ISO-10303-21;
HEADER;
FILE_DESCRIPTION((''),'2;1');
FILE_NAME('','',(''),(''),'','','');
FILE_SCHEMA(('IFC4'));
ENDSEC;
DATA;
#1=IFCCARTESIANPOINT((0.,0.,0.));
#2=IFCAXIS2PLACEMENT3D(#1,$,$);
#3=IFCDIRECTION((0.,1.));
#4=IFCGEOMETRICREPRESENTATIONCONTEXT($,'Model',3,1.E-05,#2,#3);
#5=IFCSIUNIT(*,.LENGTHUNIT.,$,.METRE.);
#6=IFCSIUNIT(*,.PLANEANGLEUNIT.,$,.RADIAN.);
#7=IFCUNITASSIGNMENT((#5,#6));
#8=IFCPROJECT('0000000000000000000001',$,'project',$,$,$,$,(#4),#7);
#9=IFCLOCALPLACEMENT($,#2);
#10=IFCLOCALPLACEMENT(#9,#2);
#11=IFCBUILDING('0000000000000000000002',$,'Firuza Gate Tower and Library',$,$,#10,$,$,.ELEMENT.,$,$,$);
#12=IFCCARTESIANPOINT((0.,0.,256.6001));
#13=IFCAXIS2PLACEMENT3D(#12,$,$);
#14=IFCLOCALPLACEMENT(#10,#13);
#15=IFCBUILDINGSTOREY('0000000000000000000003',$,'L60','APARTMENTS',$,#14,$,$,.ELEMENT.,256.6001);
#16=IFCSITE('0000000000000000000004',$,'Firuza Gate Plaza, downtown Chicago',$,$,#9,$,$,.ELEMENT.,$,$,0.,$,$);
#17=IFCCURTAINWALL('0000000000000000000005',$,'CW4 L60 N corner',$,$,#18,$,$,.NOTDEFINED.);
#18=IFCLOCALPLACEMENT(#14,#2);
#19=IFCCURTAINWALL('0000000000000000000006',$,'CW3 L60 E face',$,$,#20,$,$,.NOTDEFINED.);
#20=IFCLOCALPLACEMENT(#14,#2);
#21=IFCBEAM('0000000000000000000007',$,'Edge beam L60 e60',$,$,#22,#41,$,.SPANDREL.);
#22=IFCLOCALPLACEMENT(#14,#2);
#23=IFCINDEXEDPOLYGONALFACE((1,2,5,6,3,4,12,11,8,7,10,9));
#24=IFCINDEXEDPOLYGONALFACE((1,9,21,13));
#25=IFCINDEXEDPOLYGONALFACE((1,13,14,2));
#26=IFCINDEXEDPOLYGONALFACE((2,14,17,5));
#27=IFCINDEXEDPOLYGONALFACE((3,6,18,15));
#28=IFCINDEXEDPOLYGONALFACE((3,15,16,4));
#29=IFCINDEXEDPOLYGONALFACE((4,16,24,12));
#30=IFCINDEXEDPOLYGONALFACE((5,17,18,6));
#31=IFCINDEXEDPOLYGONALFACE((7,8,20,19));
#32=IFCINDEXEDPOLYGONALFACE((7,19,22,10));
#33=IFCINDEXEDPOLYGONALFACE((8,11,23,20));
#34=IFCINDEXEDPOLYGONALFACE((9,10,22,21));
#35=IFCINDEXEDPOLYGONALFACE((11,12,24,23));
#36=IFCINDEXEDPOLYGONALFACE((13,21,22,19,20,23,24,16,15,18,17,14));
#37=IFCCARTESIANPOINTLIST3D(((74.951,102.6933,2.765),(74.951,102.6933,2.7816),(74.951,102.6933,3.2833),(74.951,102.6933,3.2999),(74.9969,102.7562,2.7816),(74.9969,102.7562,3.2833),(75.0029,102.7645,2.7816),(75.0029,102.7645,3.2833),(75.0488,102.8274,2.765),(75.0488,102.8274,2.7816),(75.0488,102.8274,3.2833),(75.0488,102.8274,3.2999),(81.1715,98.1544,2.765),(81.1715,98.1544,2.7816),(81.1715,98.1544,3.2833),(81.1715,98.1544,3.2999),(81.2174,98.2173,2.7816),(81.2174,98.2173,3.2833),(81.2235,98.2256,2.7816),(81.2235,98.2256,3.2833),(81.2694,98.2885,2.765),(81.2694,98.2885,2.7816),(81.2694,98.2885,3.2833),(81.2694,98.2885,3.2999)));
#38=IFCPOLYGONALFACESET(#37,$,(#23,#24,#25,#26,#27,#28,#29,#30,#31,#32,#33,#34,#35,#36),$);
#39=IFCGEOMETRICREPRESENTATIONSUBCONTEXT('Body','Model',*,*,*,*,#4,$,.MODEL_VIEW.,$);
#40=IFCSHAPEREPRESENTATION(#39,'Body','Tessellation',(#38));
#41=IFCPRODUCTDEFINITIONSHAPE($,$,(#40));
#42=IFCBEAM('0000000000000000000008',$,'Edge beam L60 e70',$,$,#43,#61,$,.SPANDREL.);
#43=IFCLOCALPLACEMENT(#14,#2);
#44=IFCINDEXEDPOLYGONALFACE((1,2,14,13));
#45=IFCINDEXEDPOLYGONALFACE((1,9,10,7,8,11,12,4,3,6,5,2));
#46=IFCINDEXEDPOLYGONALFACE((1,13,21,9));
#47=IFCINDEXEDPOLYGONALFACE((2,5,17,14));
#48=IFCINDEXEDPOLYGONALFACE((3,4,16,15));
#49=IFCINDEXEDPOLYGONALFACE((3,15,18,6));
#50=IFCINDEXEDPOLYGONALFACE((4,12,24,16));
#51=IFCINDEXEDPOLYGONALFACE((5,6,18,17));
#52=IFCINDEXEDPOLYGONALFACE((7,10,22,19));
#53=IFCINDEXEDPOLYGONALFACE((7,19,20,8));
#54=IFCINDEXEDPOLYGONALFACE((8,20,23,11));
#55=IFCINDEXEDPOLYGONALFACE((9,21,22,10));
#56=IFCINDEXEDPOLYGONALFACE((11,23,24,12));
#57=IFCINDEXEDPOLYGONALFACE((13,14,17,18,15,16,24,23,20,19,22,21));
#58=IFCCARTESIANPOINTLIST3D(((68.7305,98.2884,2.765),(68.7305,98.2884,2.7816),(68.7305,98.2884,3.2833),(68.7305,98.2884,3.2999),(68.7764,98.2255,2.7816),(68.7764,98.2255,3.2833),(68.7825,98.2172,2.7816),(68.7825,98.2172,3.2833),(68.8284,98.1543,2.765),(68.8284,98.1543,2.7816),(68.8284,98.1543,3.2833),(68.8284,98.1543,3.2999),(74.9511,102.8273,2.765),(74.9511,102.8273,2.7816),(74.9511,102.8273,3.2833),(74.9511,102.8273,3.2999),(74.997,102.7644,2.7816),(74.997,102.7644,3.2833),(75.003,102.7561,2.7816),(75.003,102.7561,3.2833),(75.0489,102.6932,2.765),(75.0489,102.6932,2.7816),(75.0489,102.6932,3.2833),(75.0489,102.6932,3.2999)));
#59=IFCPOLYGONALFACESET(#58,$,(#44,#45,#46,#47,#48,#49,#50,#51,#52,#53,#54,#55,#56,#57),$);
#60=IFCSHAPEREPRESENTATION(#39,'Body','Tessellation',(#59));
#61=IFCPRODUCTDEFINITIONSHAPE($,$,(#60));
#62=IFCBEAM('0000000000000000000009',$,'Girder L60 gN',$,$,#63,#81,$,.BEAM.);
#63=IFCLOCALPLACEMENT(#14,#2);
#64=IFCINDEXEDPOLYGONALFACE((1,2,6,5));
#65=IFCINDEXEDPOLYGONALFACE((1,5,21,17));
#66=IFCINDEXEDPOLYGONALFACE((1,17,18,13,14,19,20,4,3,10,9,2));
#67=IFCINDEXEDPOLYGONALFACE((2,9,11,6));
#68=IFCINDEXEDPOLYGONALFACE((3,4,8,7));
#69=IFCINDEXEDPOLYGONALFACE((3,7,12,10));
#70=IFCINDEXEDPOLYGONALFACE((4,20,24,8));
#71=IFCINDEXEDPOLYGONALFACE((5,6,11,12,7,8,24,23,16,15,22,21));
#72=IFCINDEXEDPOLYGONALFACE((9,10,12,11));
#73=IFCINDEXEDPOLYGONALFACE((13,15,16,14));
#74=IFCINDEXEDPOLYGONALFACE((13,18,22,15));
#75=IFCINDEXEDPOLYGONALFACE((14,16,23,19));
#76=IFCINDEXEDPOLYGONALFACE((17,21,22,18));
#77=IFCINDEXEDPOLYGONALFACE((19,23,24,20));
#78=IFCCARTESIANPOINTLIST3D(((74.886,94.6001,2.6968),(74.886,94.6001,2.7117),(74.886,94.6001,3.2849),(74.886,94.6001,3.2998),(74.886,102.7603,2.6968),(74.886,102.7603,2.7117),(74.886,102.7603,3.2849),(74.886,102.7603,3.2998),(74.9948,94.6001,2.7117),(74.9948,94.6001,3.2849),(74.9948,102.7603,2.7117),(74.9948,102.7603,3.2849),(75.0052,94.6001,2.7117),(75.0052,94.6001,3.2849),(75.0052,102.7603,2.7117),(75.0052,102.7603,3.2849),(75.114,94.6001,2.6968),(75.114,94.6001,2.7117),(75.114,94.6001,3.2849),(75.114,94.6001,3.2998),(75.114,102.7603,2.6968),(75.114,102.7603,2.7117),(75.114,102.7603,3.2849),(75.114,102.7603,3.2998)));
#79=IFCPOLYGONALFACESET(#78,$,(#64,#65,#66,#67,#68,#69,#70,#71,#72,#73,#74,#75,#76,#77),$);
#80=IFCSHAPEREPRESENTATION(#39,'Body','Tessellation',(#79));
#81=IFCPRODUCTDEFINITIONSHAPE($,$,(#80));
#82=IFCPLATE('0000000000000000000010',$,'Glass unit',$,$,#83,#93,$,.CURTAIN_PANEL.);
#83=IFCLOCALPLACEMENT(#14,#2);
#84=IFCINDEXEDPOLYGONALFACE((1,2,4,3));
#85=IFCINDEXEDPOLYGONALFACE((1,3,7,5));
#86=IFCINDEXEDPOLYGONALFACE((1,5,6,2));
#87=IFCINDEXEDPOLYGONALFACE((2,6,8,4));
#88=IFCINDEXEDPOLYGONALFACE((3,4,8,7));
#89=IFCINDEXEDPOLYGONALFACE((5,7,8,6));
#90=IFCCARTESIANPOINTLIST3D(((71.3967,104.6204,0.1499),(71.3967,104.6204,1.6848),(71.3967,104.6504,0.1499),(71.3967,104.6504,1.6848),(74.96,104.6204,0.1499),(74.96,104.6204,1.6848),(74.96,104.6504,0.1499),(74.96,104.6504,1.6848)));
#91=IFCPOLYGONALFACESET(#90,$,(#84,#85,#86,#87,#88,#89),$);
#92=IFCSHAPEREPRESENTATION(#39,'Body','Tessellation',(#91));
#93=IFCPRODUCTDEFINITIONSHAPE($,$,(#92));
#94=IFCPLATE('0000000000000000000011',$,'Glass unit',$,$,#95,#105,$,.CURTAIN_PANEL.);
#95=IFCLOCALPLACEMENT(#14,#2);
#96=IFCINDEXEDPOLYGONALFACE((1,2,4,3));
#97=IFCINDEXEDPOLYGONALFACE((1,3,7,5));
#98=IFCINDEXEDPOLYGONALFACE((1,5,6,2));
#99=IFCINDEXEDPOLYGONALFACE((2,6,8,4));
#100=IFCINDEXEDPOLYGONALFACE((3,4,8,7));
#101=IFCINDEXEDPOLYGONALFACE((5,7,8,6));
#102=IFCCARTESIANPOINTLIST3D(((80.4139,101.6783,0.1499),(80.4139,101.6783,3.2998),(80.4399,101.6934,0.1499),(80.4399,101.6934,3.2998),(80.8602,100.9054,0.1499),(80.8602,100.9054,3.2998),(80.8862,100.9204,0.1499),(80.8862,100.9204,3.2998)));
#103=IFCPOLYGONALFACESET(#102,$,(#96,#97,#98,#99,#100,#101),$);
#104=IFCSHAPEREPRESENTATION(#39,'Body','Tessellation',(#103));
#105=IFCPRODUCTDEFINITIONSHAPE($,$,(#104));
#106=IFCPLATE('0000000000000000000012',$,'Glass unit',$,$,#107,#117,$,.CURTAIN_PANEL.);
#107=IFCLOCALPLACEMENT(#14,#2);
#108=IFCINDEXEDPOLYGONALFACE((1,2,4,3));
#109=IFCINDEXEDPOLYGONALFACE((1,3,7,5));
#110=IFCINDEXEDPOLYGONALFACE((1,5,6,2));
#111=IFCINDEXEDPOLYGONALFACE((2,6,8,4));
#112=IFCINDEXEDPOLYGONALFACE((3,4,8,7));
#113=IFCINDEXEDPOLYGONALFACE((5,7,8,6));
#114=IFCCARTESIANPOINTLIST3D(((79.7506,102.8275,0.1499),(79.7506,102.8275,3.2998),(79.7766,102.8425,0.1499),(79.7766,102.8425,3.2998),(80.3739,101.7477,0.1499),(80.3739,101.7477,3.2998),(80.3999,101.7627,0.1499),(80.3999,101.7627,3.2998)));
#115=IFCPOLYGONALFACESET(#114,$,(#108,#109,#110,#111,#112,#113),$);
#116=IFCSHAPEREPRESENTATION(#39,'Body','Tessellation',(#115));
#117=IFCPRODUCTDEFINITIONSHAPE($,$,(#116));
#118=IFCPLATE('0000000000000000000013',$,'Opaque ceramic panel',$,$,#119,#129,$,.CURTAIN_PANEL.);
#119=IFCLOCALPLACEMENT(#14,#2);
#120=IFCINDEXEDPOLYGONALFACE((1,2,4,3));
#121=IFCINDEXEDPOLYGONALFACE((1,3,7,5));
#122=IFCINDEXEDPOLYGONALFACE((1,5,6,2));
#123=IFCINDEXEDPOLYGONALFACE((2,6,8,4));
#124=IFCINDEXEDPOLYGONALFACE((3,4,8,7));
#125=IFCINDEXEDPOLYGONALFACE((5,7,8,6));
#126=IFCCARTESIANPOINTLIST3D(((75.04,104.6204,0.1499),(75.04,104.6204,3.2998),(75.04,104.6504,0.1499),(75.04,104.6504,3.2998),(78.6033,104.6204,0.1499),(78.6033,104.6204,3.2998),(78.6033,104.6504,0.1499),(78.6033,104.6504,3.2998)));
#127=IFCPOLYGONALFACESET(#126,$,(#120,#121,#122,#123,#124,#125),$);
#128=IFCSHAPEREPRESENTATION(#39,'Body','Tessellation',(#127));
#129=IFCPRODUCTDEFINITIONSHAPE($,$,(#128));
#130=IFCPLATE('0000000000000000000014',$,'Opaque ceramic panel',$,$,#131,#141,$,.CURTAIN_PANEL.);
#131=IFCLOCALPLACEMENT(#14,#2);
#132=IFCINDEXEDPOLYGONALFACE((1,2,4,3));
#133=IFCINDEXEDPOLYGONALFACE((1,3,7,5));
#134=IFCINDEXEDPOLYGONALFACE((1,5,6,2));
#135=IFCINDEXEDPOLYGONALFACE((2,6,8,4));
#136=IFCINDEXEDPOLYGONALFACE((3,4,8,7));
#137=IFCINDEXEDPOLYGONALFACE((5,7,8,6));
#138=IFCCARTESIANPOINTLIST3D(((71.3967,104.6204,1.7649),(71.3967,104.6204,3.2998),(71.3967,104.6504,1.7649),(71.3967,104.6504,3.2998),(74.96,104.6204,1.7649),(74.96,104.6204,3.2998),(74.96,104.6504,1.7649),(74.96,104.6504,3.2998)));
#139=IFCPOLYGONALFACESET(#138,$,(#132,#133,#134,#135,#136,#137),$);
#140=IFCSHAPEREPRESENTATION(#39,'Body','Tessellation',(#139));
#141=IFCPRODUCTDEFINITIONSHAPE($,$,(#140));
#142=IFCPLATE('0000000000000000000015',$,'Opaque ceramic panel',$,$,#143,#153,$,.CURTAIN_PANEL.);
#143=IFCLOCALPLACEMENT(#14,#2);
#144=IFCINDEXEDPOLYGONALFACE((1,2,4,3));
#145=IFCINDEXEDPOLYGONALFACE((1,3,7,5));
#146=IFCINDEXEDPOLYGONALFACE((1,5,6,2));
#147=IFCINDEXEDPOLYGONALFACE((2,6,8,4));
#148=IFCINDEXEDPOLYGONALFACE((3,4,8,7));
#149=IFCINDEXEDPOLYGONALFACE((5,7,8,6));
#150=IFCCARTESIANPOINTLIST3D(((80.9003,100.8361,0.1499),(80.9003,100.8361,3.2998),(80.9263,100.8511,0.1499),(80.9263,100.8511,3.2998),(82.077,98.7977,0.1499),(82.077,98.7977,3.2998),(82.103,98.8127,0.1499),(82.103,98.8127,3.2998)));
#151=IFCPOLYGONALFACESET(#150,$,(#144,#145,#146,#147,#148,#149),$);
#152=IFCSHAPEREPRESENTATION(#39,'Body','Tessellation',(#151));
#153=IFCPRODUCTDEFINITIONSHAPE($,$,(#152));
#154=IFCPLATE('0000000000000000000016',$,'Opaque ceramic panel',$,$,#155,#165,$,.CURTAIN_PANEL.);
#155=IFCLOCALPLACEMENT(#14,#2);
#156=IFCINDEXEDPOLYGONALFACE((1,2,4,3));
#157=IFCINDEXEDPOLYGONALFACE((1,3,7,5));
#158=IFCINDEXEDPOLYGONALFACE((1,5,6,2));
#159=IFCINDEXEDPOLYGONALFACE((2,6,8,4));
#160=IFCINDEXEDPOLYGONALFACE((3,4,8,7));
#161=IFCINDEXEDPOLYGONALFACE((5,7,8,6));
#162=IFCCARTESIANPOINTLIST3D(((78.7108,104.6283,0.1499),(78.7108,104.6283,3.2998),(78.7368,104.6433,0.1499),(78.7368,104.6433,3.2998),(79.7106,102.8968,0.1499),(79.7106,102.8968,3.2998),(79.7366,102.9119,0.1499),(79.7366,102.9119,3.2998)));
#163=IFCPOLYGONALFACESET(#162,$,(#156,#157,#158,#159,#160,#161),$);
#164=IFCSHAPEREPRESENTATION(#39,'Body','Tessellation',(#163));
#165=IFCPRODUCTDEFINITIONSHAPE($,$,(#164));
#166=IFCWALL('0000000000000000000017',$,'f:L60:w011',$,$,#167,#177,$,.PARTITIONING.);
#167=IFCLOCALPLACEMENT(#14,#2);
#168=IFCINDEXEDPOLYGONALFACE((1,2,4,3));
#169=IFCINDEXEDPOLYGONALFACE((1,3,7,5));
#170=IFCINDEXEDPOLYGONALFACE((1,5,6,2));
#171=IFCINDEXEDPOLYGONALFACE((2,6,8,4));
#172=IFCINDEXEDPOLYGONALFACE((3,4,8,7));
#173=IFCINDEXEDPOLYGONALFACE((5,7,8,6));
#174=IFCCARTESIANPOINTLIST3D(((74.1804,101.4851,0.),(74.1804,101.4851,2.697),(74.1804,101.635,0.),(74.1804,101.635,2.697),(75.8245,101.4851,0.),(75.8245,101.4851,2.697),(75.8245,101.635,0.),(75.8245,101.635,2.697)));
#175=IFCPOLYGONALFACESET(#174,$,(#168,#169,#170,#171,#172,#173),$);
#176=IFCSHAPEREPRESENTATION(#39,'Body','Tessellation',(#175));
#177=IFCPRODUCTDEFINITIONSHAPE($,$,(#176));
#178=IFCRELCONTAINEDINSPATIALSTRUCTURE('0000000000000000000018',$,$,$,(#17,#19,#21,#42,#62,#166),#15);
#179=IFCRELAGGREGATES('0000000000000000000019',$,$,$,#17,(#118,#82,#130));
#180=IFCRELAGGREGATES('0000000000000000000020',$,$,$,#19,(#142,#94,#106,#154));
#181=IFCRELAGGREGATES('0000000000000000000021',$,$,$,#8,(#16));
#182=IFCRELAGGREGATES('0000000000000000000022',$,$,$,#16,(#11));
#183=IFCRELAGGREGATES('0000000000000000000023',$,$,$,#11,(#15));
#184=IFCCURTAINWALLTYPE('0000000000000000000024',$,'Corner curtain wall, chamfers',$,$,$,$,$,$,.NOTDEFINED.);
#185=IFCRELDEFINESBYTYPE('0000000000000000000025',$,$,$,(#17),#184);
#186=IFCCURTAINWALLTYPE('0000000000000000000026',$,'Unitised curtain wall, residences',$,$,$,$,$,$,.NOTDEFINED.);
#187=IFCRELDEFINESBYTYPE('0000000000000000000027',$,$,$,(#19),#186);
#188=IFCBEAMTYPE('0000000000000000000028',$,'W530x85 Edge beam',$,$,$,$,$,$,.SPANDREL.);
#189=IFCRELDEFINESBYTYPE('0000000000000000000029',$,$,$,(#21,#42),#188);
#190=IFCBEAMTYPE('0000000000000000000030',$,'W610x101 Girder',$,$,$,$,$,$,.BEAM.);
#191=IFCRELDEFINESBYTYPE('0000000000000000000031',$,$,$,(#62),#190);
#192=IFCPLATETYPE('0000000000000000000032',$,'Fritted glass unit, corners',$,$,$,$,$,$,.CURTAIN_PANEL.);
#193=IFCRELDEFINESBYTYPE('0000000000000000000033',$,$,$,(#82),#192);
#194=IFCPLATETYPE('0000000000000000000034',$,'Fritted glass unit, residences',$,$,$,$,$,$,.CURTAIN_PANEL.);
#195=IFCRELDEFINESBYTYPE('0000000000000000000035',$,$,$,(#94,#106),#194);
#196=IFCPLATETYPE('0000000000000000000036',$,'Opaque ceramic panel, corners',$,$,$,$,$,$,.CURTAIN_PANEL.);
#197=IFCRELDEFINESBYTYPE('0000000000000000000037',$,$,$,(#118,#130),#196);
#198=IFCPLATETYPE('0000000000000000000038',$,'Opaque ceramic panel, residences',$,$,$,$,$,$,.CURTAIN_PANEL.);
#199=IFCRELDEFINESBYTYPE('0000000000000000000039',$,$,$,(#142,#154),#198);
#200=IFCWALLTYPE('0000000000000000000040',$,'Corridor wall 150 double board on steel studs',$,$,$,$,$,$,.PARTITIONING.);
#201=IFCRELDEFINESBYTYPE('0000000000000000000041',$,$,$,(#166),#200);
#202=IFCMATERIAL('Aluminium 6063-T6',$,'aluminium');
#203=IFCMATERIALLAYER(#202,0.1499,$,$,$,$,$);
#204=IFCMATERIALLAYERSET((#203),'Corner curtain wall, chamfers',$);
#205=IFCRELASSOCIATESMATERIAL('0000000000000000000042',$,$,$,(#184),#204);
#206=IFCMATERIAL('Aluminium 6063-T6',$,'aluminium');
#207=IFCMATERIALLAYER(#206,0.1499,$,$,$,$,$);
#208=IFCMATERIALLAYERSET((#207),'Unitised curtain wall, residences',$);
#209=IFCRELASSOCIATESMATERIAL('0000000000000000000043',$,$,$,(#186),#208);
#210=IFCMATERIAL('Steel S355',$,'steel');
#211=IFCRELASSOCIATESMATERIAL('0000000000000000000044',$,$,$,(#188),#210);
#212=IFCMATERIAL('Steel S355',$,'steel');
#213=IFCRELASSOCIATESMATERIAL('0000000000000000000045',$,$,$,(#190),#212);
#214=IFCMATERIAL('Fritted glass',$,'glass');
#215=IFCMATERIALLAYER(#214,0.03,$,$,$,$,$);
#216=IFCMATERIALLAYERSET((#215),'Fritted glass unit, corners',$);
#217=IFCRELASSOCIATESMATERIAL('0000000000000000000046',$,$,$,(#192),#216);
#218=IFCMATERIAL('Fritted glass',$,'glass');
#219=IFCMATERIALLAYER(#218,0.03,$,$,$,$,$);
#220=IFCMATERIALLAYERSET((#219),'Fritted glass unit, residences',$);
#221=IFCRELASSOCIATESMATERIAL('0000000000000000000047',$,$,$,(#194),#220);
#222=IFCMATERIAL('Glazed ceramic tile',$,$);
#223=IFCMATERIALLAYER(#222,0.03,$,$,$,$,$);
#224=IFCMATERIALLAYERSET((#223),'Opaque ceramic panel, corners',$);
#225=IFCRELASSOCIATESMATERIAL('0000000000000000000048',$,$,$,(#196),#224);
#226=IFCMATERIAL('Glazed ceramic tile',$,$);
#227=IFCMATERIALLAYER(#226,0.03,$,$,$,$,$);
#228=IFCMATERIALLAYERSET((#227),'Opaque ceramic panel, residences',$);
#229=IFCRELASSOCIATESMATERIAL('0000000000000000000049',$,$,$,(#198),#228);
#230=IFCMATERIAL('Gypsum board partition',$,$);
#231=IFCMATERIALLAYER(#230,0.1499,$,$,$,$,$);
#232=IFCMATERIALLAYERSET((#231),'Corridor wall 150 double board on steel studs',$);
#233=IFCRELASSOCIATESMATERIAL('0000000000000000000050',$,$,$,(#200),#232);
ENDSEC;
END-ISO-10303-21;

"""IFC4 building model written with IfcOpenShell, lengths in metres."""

from ifc_helpers import new_model, si_unit, direction, frame, frame_2d, origin, origin_2d, place, context, subcontext, project, spatial, polyline, rectangle, i_section, outline, extrude, material, layer, layer_set, material_profile, profile_set, type_object, element, aggregate, save


model = new_model("IFC4")

# Units and contexts
model_context = context("Model", 3, precision=1e-05, world=origin(), true_north=direction((0.0, 1.0)))
body_context = subcontext(model_context, "Body", "Model", "MODEL_VIEW")
ifc_project = project(units=[si_unit("LENGTHUNIT", "METRE"), si_unit("PLANEANGLEUNIT", "RADIAN")], contexts=[model_context])

# Site, building, storey
site_placement = place(None, origin())
site = spatial("IfcSite", under=ifc_project, at=site_placement, Name="Firuza Gate Plaza, downtown Chicago", CompositionType="ELEMENT", RefElevation=0.0)
building_placement = place(site_placement, origin())
building = spatial("IfcBuilding", under=site, at=building_placement, Name="Firuza Gate Tower and Library", CompositionType="ELEMENT")
storey_placement = place(building_placement, frame((0.0, 0.0, 256.6001)))
storey = spatial("IfcBuildingStorey", under=building, at=storey_placement, Name="L60", Description="APARTMENTS", CompositionType="ELEMENT", Elevation=256.6001)

# Curtain walls
ifc_material_1 = material(Name="Aluminium 6063-T6", Category="aluminium")
ifc_layer_1 = layer(ifc_material_1, 0.1499)
ifc_layer_set_1 = layer_set([ifc_layer_1], Name="Corner curtain wall, chamfers")
curtain_wall_type_1 = type_object("IfcCurtainWallType", Name="Corner curtain wall, chamfers", PredefinedType="NOTDEFINED", material=ifc_layer_set_1)
placement = place(storey_placement, origin())
curtain_wall_1 = element("IfcCurtainWall", 1, at=placement, inside=storey, type_object=curtain_wall_type_1, Name="CW4 L60 N corner", PredefinedType="NOTDEFINED")
ifc_material_2 = material(Name="Aluminium 6063-T6", Category="aluminium")
ifc_layer_2 = layer(ifc_material_2, 0.1499)
ifc_layer_set_2 = layer_set([ifc_layer_2], Name="Unitised curtain wall, residences")
curtain_wall_type_2 = type_object("IfcCurtainWallType", Name="Unitised curtain wall, residences", PredefinedType="NOTDEFINED", material=ifc_layer_set_2)
curtain_wall_2 = element("IfcCurtainWall", 2, at=placement, inside=storey, type_object=curtain_wall_type_2, Name="CW3 L60 E face", PredefinedType="NOTDEFINED")

# Beams
ifc_material_3 = material(Name="Steel S355", Category="steel")
ifc_material_profile_1 = material_profile(ifc_material_3, i_section(OverallWidth=0.166, OverallDepth=0.5349, WebThickness=0.0103, FlangeThickness=0.0166, at=origin_2d()))
ifc_profile_set_1 = profile_set([ifc_material_profile_1], Name="Steel S355")
beam_type_1 = type_object("IfcBeamType", Name="W530x85 Edge beam", PredefinedType="SPANDREL", material=ifc_profile_set_1)
for number, where, z_axis, x_axis, name in (
    (3, (81.2205, 98.2214, 3.0325), (-0.807818, 0.589432, 0.0), (-0.589432, -0.807818, 0.0), "Edge beam L60 e60"),
    (4, (75.0, 102.7603, 3.0325), (-0.807818, -0.589432, 0.0), (0.589432, -0.807818, 0.0), "Edge beam L60 e70"),
):
    element("IfcBeam", number, at=place(storey_placement, frame(where, z_axis=z_axis, x_axis=x_axis)), inside=storey, type_object=beam_type_1, Name=name, PredefinedType="SPANDREL", context=body_context, shape_type="SweptSolid", body=[
        extrude(i_section(OverallWidth=0.166, OverallDepth=0.5349, WebThickness=0.0103, FlangeThickness=0.0166, at=origin_2d()), origin(), (0.0, 0.0, 1.0), 7.7004),
    ])
ifc_material_4 = material(Name="Steel S355", Category="steel")
ifc_material_profile_2 = material_profile(ifc_material_4, i_section(OverallWidth=0.228, OverallDepth=0.603, WebThickness=0.0105, FlangeThickness=0.0149, at=origin_2d()))
ifc_profile_set_2 = profile_set([ifc_material_profile_2], Name="Steel S355")
beam_type_2 = type_object("IfcBeamType", Name="W610x101 Girder", PredefinedType="BEAM", material=ifc_profile_set_2)
beam_1_placement = place(storey_placement, frame((75.0, 102.7603, 2.9983), z_axis=(0.0, -1.0, 0.0), x_axis=(1.0, 0.0, 0.0)))
element("IfcBeam", 5, at=beam_1_placement, inside=storey, type_object=beam_type_2, Name="Girder L60 gN", PredefinedType="BEAM", context=body_context, shape_type="SweptSolid", body=[
    extrude(i_section(OverallWidth=0.228, OverallDepth=0.603, WebThickness=0.0105, FlangeThickness=0.0149, at=origin_2d()), origin(), (0.0, 0.0, 1.0), 8.1602),
])

# Plates
ifc_material_5 = material(Name="Fritted glass", Category="glass")
ifc_layer_3 = layer(ifc_material_5, 0.03)
ifc_layer_set_3 = layer_set([ifc_layer_3], Name="Fritted glass unit, corners")
plate_type_1 = type_object("IfcPlateType", Name="Fritted glass unit, corners", PredefinedType="CURTAIN_PANEL", material=ifc_layer_set_3)
plate_1_placement = place(storey_placement, frame((74.96, 104.6504, 0.1499), z_axis=(0.0, 1.0, 0.0), x_axis=(-1.0, 0.0, 0.0)))
plate_1 = element("IfcPlate", 6, at=plate_1_placement, type_object=plate_type_1, Name="Glass unit", PredefinedType="CURTAIN_PANEL", context=body_context, shape_type="SweptSolid", body=[
    extrude(outline(polyline([(0.0, 0.0), (3.5632, 0.0), (3.5632, 1.5349), (0.0, 1.5349), (0.0, 0.0)])), origin(), (0.0, 0.0, -1.0), 0.03),
])
ifc_material_6 = material(Name="Fritted glass", Category="glass")
ifc_layer_4 = layer(ifc_material_6, 0.03)
ifc_layer_set_4 = layer_set([ifc_layer_4], Name="Fritted glass unit, residences")
plate_type_2 = type_object("IfcPlateType", Name="Fritted glass unit, residences", PredefinedType="CURTAIN_PANEL", material=ifc_layer_set_4)
plate_2_placement = place(storey_placement, frame((80.8862, 100.9204, 0.1499), z_axis=(0.866012, 0.500022, 0.0), x_axis=(-0.500022, 0.866012, 0.0)))
plate_2 = element("IfcPlate", 7, at=plate_2_placement, type_object=plate_type_2, Name="Glass unit", PredefinedType="CURTAIN_PANEL", context=body_context, shape_type="SweptSolid", body=[
    extrude(outline(polyline([(0.0, 0.0), (0.8925, 0.0), (0.8925, 3.1499), (0.0, 3.1499), (0.0, 0.0)])), origin(), (0.0, 0.0, -1.0), 0.03),
])
plate_3_placement = place(storey_placement, frame((80.3999, 101.7627, 0.1499), z_axis=(0.866078, 0.499909, 0.0), x_axis=(-0.499909, 0.866078, 0.0)))
plate_3 = element("IfcPlate", 8, at=plate_3_placement, type_object=plate_type_2, Name="Glass unit", PredefinedType="CURTAIN_PANEL", context=body_context, shape_type="SweptSolid", body=[
    extrude(outline(polyline([(0.0, 0.0), (1.2468, 0.0), (1.2468, 3.1499), (0.0, 3.1499), (0.0, 0.0)])), origin(), (0.0, 0.0, -1.0), 0.03),
])
ifc_material_7 = material(Name="Glazed ceramic tile")
ifc_layer_5 = layer(ifc_material_7, 0.03)
ifc_layer_set_5 = layer_set([ifc_layer_5], Name="Opaque ceramic panel, corners")
plate_type_3 = type_object("IfcPlateType", Name="Opaque ceramic panel, corners", PredefinedType="CURTAIN_PANEL", material=ifc_layer_set_5)
plate_4_placement = place(storey_placement, frame((78.6033, 104.6504, 0.1499), z_axis=(0.0, 1.0, 0.0), x_axis=(-1.0, 0.0, 0.0)))
plate_4 = element("IfcPlate", 9, at=plate_4_placement, type_object=plate_type_3, Name="Opaque ceramic panel", PredefinedType="CURTAIN_PANEL", context=body_context, shape_type="SweptSolid", body=[
    extrude(outline(polyline([(0.0, 0.0), (3.5632, 0.0), (3.5632, 3.1499), (0.0, 3.1499), (0.0, 0.0)])), origin(), (0.0, 0.0, -1.0), 0.03),
])
plate_5_placement = place(storey_placement, frame((74.96, 104.6504, 1.7649), z_axis=(0.0, 1.0, 0.0), x_axis=(-1.0, 0.0, 0.0)))
plate_5 = element("IfcPlate", 10, at=plate_5_placement, type_object=plate_type_3, Name="Opaque ceramic panel", PredefinedType="CURTAIN_PANEL", context=body_context, shape_type="SweptSolid", body=[
    extrude(outline(polyline([(0.0, 0.0), (3.5632, 0.0), (3.5632, 1.5349), (0.0, 1.5349), (0.0, 0.0)])), origin(), (0.0, 0.0, -1.0), 0.03),
])
aggregate(curtain_wall_1, [plate_4, plate_1, plate_5])
ifc_material_8 = material(Name="Glazed ceramic tile")
ifc_layer_6 = layer(ifc_material_8, 0.03)
ifc_layer_set_6 = layer_set([ifc_layer_6], Name="Opaque ceramic panel, residences")
plate_type_4 = type_object("IfcPlateType", Name="Opaque ceramic panel, residences", PredefinedType="CURTAIN_PANEL", material=ifc_layer_set_6)
plate_6_placement = place(storey_placement, frame((82.103, 98.8127, 0.1499), z_axis=(0.866039, 0.499977, 0.0), x_axis=(-0.499977, 0.866039, 0.0)))
plate_6 = element("IfcPlate", 11, at=plate_6_placement, type_object=plate_type_4, Name="Opaque ceramic panel", PredefinedType="CURTAIN_PANEL", context=body_context, shape_type="SweptSolid", body=[
    extrude(outline(polyline([(0.0, 0.0), (2.3536, 0.0), (2.3536, 3.1499), (0.0, 3.1499), (0.0, 0.0)])), origin(), (0.0, 0.0, -1.0), 0.03),
])
plate_7_placement = place(storey_placement, frame((79.7366, 102.9119, 0.1499), z_axis=(0.866003, 0.50004, 0.0), x_axis=(-0.50004, 0.866003, 0.0)))
plate_7 = element("IfcPlate", 12, at=plate_7_placement, type_object=plate_type_4, Name="Opaque ceramic panel", PredefinedType="CURTAIN_PANEL", context=body_context, shape_type="SweptSolid", body=[
    extrude(outline(polyline([(0.0, 0.0), (1.9994, 0.0), (1.9994, 3.1499), (0.0, 3.1499), (0.0, 0.0)])), origin(), (0.0, 0.0, -1.0), 0.03),
])
aggregate(curtain_wall_2, [plate_6, plate_2, plate_3, plate_7])

# Wall
ifc_material_9 = material(Name="Gypsum board partition")
ifc_layer_7 = layer(ifc_material_9, 0.1499)
ifc_layer_set_7 = layer_set([ifc_layer_7], Name="Corridor wall 150 double board on steel studs")
wall_type_1 = type_object("IfcWallType", Name="Corridor wall 150 double board on steel studs", PredefinedType="PARTITIONING", material=ifc_layer_set_7)
wall_1_placement = place(storey_placement, frame((74.1804, 101.5601, 0.0), z_axis=(0.0, 0.0, 1.0), x_axis=(1.0, 0.0, 0.0)))
element("IfcWall", 13, at=wall_1_placement, inside=storey, type_object=wall_type_1, Name="f:L60:w011", PredefinedType="PARTITIONING", context=body_context, shape_type="SweptSolid", body=[
    extrude(rectangle(XDim=1.644, YDim=0.1499, at=frame_2d((0.822, 0.0))), origin(), (0.0, 0.0, 1.0), 2.697),
])

save(model, "model.ifc")
